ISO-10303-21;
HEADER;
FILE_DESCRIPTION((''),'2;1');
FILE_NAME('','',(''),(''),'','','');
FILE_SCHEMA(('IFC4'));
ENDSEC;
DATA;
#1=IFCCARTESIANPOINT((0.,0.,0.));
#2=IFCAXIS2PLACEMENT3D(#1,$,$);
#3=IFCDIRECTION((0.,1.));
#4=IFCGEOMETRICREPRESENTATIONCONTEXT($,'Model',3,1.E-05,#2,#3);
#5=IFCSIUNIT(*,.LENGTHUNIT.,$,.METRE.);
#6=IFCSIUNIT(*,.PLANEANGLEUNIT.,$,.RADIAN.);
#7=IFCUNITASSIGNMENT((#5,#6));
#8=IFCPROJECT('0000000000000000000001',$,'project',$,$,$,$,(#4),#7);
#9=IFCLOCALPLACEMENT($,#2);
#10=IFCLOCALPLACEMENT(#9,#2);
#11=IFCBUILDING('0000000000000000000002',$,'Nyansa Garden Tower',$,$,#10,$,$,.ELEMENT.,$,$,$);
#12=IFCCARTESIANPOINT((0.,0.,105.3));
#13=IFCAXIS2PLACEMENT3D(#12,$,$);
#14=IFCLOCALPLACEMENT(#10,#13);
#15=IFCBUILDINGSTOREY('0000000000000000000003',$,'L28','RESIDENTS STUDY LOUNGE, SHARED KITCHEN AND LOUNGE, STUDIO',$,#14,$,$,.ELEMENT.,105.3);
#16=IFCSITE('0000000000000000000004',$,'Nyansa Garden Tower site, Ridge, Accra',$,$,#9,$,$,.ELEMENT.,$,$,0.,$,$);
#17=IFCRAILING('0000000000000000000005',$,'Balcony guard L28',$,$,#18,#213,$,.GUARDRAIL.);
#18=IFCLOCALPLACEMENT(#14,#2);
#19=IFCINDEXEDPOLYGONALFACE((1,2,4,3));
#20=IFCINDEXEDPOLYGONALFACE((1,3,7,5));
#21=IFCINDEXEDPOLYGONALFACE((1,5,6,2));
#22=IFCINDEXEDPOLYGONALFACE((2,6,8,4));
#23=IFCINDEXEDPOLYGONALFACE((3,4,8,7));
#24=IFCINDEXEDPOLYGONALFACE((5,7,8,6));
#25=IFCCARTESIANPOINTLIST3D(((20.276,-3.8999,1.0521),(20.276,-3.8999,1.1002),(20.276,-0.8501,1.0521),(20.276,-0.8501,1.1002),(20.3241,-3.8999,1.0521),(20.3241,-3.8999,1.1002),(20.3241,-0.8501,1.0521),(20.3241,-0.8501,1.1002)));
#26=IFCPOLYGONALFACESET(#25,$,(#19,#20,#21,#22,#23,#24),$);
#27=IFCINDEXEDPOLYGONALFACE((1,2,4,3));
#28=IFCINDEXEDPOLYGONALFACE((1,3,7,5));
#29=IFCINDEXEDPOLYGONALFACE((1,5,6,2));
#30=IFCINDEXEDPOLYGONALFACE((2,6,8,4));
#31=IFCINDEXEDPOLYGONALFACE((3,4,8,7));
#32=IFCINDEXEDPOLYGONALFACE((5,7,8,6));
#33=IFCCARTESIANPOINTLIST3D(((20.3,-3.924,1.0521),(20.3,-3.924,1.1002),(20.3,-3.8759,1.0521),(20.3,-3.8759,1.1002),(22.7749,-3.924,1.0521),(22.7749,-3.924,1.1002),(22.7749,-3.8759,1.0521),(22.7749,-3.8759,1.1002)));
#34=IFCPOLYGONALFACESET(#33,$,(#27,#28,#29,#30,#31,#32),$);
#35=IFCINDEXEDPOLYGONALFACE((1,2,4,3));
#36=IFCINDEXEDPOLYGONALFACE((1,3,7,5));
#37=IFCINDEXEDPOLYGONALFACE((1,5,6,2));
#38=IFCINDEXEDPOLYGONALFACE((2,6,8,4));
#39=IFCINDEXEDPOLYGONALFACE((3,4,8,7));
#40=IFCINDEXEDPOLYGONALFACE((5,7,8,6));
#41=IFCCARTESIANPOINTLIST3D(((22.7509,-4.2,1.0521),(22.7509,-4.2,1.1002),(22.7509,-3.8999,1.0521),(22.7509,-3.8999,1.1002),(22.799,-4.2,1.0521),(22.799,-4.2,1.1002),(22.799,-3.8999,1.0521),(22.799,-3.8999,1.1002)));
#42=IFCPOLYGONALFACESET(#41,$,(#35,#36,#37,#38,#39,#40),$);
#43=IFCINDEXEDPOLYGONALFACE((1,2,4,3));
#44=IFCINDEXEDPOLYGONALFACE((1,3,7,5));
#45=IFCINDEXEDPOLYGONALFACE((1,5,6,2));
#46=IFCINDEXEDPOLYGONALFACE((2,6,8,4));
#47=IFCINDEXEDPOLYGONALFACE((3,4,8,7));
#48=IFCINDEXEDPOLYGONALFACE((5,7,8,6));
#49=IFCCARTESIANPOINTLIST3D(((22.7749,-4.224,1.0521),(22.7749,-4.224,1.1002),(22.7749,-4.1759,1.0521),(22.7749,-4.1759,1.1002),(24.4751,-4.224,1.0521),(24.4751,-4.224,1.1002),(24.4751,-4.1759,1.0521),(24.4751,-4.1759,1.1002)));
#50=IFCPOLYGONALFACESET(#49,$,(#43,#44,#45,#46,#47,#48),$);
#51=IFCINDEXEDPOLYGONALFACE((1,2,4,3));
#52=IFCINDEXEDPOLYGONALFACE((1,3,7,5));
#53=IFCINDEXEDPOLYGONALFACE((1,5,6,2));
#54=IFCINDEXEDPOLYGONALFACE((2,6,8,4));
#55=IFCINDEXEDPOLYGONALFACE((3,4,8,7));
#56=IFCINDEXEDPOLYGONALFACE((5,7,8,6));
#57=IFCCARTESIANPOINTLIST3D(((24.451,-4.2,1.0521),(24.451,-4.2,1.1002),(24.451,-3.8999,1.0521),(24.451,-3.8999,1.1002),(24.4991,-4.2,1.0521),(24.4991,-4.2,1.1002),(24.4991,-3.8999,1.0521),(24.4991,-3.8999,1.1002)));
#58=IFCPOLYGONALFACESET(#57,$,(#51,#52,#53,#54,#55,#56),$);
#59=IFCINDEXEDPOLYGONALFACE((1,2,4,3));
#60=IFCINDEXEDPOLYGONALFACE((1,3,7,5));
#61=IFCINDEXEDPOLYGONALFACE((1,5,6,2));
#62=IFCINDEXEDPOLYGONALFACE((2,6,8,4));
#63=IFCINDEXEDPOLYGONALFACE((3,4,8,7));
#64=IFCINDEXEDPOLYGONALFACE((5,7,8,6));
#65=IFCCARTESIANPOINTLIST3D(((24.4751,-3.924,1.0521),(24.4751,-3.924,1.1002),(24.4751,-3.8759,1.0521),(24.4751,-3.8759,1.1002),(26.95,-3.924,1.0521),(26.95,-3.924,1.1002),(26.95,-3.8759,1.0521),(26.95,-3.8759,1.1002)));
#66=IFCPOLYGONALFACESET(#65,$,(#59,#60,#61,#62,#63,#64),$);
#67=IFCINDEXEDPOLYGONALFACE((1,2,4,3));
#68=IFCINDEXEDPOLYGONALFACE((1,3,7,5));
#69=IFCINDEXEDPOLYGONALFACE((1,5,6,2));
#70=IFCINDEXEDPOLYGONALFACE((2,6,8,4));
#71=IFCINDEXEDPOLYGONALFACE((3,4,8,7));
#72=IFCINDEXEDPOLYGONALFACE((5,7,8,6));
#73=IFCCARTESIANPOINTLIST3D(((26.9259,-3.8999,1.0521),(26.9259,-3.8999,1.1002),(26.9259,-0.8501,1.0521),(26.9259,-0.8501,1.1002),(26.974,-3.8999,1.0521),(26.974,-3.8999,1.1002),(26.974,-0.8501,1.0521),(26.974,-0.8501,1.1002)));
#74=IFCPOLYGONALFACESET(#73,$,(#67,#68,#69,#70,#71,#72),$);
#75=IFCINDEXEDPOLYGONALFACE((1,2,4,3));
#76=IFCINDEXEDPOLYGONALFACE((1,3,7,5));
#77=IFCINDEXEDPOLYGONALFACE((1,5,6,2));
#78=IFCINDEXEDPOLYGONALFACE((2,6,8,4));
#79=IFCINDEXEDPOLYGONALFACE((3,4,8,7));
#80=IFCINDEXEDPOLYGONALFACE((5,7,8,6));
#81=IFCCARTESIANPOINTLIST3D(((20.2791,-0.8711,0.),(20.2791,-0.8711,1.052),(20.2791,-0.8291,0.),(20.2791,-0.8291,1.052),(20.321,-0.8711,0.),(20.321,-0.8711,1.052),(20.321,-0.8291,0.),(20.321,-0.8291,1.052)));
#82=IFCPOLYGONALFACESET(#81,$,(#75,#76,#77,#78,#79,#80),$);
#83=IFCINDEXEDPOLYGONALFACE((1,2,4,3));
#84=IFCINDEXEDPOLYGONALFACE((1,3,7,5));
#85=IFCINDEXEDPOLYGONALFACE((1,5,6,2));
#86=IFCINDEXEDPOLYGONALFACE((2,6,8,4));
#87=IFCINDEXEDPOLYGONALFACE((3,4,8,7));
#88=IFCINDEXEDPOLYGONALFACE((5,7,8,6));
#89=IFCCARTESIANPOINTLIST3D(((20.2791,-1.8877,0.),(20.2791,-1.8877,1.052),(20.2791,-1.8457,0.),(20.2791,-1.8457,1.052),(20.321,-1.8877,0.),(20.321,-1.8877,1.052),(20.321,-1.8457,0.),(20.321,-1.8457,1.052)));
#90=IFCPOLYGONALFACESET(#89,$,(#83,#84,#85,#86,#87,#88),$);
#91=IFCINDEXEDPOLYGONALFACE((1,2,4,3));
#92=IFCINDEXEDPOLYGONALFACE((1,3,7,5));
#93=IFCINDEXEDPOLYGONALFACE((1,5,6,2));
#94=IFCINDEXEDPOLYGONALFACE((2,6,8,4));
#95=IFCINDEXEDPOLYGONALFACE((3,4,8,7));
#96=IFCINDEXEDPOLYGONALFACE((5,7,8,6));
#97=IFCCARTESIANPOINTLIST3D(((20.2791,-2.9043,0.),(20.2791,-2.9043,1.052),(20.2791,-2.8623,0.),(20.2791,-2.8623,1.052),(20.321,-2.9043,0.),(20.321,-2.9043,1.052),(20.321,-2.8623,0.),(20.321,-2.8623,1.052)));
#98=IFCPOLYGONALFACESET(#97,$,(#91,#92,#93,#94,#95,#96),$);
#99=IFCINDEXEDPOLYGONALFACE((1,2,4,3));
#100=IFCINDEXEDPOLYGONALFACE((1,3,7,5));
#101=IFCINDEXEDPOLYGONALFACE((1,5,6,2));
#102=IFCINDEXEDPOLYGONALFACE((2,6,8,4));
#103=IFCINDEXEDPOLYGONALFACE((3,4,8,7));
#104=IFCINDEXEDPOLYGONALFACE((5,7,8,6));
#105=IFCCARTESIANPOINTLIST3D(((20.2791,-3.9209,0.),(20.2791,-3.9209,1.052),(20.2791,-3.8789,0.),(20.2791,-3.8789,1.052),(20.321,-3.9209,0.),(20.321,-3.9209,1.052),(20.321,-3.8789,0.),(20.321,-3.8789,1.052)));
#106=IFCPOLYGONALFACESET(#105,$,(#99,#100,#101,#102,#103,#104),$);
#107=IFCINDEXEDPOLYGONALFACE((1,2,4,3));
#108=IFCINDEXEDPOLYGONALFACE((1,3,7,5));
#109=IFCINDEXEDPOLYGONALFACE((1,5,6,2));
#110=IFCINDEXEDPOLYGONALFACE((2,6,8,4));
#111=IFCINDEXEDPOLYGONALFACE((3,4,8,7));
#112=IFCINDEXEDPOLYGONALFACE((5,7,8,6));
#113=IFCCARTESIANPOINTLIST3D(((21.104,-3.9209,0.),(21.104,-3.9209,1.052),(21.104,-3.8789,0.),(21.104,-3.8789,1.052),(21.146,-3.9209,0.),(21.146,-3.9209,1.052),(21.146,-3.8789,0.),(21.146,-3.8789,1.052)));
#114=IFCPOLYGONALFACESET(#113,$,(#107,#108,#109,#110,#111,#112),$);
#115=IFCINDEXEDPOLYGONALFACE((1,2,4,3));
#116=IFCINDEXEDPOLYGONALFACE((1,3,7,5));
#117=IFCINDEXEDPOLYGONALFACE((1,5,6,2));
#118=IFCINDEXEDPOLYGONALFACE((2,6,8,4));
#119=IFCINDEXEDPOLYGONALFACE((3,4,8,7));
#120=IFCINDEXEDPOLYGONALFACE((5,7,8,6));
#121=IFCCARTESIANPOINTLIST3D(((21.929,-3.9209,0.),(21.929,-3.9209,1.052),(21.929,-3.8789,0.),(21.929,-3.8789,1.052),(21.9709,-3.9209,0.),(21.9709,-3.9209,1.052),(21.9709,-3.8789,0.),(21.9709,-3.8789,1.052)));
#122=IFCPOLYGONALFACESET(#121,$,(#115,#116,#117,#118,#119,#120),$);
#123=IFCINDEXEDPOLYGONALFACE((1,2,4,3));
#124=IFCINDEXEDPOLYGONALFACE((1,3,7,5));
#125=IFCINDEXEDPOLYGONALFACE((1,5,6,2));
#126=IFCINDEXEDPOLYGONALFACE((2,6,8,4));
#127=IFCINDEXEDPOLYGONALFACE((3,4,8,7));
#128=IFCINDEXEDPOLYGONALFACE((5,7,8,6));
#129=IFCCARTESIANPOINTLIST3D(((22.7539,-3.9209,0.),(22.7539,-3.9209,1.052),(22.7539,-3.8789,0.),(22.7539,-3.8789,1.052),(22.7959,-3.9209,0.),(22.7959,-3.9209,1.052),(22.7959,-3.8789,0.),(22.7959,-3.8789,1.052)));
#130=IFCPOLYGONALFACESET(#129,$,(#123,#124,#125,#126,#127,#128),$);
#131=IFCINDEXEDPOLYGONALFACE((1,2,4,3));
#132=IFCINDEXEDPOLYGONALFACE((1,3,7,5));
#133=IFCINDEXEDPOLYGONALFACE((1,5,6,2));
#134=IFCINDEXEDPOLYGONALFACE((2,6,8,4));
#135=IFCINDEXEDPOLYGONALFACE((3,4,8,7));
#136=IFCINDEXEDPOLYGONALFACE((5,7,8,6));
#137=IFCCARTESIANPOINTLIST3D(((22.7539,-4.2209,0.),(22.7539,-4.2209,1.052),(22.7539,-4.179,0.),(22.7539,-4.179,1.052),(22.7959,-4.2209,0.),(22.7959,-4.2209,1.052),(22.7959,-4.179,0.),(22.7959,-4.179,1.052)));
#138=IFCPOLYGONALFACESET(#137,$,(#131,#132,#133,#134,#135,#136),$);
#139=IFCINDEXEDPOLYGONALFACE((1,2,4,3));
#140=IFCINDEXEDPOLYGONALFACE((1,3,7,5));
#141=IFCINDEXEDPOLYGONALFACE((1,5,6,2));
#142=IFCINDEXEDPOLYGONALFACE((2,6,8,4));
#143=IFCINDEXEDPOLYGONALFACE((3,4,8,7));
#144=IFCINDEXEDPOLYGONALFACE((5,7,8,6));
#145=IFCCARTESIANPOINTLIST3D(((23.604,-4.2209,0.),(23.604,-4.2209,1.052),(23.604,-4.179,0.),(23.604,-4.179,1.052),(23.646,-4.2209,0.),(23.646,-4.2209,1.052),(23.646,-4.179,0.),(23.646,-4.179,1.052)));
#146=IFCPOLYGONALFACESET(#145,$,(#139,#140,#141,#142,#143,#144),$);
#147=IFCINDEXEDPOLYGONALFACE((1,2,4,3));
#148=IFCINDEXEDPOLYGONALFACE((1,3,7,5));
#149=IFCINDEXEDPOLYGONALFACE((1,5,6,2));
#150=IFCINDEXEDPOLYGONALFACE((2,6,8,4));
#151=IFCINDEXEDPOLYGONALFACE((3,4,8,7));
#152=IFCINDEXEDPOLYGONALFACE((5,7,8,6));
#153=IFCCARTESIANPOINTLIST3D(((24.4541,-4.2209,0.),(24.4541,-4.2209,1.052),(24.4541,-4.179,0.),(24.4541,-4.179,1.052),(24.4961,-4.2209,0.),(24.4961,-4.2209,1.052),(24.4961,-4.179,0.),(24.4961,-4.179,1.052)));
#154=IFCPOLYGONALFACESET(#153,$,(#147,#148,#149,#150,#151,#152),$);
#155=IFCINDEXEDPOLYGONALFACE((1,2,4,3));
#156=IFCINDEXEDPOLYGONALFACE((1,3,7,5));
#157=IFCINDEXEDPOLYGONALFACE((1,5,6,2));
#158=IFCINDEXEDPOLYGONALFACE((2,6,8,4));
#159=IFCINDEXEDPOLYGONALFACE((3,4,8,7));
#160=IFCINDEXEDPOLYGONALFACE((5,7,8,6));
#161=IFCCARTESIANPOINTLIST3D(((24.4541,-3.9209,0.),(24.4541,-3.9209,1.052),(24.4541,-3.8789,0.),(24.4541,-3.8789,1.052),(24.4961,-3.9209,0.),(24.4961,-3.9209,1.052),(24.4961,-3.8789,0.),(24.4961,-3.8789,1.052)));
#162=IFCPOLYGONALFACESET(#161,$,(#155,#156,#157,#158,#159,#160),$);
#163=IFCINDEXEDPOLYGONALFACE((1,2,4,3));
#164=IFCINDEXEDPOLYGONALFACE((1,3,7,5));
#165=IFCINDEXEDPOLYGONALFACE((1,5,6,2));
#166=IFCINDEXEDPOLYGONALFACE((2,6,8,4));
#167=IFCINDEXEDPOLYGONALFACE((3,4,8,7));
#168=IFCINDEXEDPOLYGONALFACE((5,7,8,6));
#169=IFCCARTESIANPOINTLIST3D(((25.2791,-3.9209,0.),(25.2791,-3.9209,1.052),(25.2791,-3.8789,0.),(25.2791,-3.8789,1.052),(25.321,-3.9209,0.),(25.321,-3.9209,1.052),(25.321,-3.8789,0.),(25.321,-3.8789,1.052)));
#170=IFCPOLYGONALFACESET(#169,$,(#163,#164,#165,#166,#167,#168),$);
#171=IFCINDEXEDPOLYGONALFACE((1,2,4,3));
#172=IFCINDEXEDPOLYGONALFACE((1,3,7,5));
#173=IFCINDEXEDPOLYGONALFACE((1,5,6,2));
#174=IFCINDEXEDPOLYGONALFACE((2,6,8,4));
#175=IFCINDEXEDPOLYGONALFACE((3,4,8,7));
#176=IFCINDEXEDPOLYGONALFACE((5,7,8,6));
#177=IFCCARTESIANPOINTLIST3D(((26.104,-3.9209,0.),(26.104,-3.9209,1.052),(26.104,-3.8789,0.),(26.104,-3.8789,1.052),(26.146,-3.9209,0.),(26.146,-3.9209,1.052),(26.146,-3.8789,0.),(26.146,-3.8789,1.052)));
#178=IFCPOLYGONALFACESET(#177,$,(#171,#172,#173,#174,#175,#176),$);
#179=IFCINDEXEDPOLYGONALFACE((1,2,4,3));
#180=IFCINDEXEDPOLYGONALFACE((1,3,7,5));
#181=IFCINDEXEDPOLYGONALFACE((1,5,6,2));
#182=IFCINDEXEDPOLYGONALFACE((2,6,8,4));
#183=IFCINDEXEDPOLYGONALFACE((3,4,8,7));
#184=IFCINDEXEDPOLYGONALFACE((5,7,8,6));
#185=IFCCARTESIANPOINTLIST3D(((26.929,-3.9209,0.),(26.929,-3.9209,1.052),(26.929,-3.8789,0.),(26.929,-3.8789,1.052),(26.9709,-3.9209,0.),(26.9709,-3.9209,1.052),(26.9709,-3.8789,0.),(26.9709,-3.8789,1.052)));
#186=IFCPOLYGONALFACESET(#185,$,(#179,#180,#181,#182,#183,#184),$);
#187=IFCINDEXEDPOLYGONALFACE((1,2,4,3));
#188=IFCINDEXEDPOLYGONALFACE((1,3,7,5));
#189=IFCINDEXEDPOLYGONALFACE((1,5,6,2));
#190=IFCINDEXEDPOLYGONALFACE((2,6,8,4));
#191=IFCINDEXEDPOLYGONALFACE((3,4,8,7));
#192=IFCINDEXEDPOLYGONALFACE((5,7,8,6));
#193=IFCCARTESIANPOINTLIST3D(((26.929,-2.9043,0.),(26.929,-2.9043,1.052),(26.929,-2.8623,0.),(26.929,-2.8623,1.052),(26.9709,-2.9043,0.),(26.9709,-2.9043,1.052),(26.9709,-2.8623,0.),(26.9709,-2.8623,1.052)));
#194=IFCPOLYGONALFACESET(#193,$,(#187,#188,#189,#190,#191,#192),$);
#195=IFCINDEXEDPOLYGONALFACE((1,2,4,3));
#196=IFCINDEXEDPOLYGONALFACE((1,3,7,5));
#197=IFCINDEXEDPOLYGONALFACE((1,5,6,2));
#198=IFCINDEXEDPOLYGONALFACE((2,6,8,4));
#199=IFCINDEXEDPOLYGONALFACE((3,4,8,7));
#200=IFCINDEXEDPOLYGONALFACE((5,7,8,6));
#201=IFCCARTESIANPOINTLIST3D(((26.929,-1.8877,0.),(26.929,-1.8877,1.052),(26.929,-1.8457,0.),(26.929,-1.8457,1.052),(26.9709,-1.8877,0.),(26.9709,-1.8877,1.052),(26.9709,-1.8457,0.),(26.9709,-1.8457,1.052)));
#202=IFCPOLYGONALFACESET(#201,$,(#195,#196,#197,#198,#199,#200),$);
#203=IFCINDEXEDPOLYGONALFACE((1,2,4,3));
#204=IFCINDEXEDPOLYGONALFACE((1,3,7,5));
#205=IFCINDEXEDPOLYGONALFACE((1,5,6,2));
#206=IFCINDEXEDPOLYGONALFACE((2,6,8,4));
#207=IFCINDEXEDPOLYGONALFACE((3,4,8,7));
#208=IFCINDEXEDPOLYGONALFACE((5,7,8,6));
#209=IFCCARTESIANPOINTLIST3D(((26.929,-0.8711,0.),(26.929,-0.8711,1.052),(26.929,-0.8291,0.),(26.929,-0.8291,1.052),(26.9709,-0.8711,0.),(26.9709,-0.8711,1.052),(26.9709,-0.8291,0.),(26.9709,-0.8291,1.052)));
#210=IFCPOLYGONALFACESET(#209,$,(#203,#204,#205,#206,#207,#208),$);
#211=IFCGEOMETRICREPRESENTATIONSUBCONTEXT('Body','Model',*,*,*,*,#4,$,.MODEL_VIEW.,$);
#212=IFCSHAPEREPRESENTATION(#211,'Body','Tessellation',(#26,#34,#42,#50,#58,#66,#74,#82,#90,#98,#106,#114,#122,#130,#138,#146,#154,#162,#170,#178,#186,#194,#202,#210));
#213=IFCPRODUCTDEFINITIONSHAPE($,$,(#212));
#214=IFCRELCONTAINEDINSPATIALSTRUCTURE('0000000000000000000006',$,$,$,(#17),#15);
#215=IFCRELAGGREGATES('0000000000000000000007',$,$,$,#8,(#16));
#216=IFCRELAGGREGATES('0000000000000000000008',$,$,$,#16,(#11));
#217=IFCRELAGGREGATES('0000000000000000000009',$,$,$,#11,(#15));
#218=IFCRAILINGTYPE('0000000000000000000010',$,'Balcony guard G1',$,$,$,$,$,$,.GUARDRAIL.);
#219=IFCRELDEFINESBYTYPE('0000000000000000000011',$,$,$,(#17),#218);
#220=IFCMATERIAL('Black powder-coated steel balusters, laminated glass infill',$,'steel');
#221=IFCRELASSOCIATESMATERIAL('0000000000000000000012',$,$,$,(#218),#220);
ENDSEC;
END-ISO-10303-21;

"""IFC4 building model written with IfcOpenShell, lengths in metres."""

from ifc_helpers import new_model, si_unit, direction, frame, origin, origin_2d, place, context, subcontext, project, spatial, rectangle, extrude, material, type_object, element, save


model = new_model("IFC4")

# Units and contexts
model_context = context("Model", 3, precision=1e-05, world=origin(), true_north=direction((0.0, 1.0)))
body_context = subcontext(model_context, "Body", "Model", "MODEL_VIEW")
ifc_project = project(units=[si_unit("LENGTHUNIT", "METRE"), si_unit("PLANEANGLEUNIT", "RADIAN")], contexts=[model_context])

# Site, building, storey
site_placement = place(None, origin())
site = spatial("IfcSite", under=ifc_project, at=site_placement, Name="Nyansa Garden Tower site, Ridge, Accra", CompositionType="ELEMENT", RefElevation=0.0)
building_placement = place(site_placement, origin())
building = spatial("IfcBuilding", under=site, at=building_placement, Name="Nyansa Garden Tower", CompositionType="ELEMENT")
storey_placement = place(building_placement, frame((0.0, 0.0, 105.3)))
storey = spatial("IfcBuildingStorey", under=building, at=storey_placement, Name="L28", Description="RESIDENTS STUDY LOUNGE, SHARED KITCHEN AND LOUNGE, STUDIO", CompositionType="ELEMENT", Elevation=105.3)

# Railing
ifc_material_1 = material(Name="Black powder-coated steel balusters, laminated glass infill", Category="steel")
railing_type = type_object("IfcRailingType", Name="Balcony guard G1", PredefinedType="GUARDRAIL", material=ifc_material_1)
railing_placement = place(storey_placement, frame((20.3, -0.8501, 0.0)))
element("IfcRailing", 1, at=railing_placement, inside=storey, type_object=railing_type, Name="Balcony guard L28", PredefinedType="GUARDRAIL", context=body_context, shape_type="SweptSolid", body=[
    extrude(rectangle(XDim=0.0481, YDim=0.0481, at=origin_2d()), frame((0.0, 0.0, 1.0762), z_axis=(0.0, -1.0, 0.0), x_axis=(1.0, 0.0, 0.0)), (0.0, 0.0, 1.0), 3.0498),
    extrude(rectangle(XDim=0.0481, YDim=0.0481, at=origin_2d()), frame((0.0, -3.0498, 1.0762), z_axis=(1.0, 0.0, 0.0), x_axis=(0.0, 1.0, 0.0)), (0.0, 0.0, 1.0), 2.4749),
    extrude(rectangle(XDim=0.0481, YDim=0.0481, at=origin_2d()), frame((2.4749, -3.0498, 1.0762), z_axis=(0.0, -1.0, 0.0), x_axis=(1.0, 0.0, 0.0)), (0.0, 0.0, 1.0), 0.3),
    extrude(rectangle(XDim=0.0481, YDim=0.0481, at=origin_2d()), frame((2.4749, -3.3499, 1.0762), z_axis=(1.0, 0.0, 0.0), x_axis=(0.0, 1.0, 0.0)), (0.0, 0.0, 1.0), 1.7002),
    extrude(rectangle(XDim=0.0481, YDim=0.0481, at=origin_2d()), frame((4.175, -3.3499, 1.0762), z_axis=(0.0, 1.0, 0.0), x_axis=(-1.0, 0.0, 0.0)), (0.0, 0.0, 1.0), 0.3),
    extrude(rectangle(XDim=0.0481, YDim=0.0481, at=origin_2d()), frame((4.175, -3.0498, 1.0762), z_axis=(1.0, 0.0, 0.0), x_axis=(0.0, 1.0, 0.0)), (0.0, 0.0, 1.0), 2.4749),
    extrude(rectangle(XDim=0.0481, YDim=0.0481, at=origin_2d()), frame((6.6499, -3.0498, 1.0762), z_axis=(0.0, 1.0, 0.0), x_axis=(-1.0, 0.0, 0.0)), (0.0, 0.0, 1.0), 3.0498),
    extrude(rectangle(XDim=0.042, YDim=0.042, at=origin_2d()), origin(), (0.0, 0.0, 1.0), 1.052),
    extrude(rectangle(XDim=0.042, YDim=0.042, at=origin_2d()), frame((0.0, -1.0166, 0.0)), (0.0, 0.0, 1.0), 1.052),
    extrude(rectangle(XDim=0.042, YDim=0.042, at=origin_2d()), frame((0.0, -2.0332, 0.0)), (0.0, 0.0, 1.0), 1.052),
    extrude(rectangle(XDim=0.042, YDim=0.042, at=origin_2d()), frame((0.0, -3.0498, 0.0)), (0.0, 0.0, 1.0), 1.052),
    extrude(rectangle(XDim=0.042, YDim=0.042, at=origin_2d()), frame((0.825, -3.0498, 0.0)), (0.0, 0.0, 1.0), 1.052),
    extrude(rectangle(XDim=0.042, YDim=0.042, at=origin_2d()), frame((1.6499, -3.0498, 0.0)), (0.0, 0.0, 1.0), 1.052),
    extrude(rectangle(XDim=0.042, YDim=0.042, at=origin_2d()), frame((2.4749, -3.0498, 0.0)), (0.0, 0.0, 1.0), 1.052),
    extrude(rectangle(XDim=0.042, YDim=0.042, at=origin_2d()), frame((2.4749, -3.3499, 0.0)), (0.0, 0.0, 1.0), 1.052),
    extrude(rectangle(XDim=0.042, YDim=0.042, at=origin_2d()), frame((3.325, -3.3499, 0.0)), (0.0, 0.0, 1.0), 1.052),
    extrude(rectangle(XDim=0.042, YDim=0.042, at=origin_2d()), frame((4.175, -3.3499, 0.0)), (0.0, 0.0, 1.0), 1.052),
    extrude(rectangle(XDim=0.042, YDim=0.042, at=origin_2d()), frame((4.175, -3.0498, 0.0)), (0.0, 0.0, 1.0), 1.052),
    extrude(rectangle(XDim=0.042, YDim=0.042, at=origin_2d()), frame((5.0, -3.0498, 0.0)), (0.0, 0.0, 1.0), 1.052),
    extrude(rectangle(XDim=0.042, YDim=0.042, at=origin_2d()), frame((5.825, -3.0498, 0.0)), (0.0, 0.0, 1.0), 1.052),
    extrude(rectangle(XDim=0.042, YDim=0.042, at=origin_2d()), frame((6.6499, -3.0498, 0.0)), (0.0, 0.0, 1.0), 1.052),
    extrude(rectangle(XDim=0.042, YDim=0.042, at=origin_2d()), frame((6.6499, -2.0332, 0.0)), (0.0, 0.0, 1.0), 1.052),
    extrude(rectangle(XDim=0.042, YDim=0.042, at=origin_2d()), frame((6.6499, -1.0166, 0.0)), (0.0, 0.0, 1.0), 1.052),
    extrude(rectangle(XDim=0.042, YDim=0.042, at=origin_2d()), frame((6.6499, 0.0, 0.0)), (0.0, 0.0, 1.0), 1.052),
])

save(model, "model.ifc")
